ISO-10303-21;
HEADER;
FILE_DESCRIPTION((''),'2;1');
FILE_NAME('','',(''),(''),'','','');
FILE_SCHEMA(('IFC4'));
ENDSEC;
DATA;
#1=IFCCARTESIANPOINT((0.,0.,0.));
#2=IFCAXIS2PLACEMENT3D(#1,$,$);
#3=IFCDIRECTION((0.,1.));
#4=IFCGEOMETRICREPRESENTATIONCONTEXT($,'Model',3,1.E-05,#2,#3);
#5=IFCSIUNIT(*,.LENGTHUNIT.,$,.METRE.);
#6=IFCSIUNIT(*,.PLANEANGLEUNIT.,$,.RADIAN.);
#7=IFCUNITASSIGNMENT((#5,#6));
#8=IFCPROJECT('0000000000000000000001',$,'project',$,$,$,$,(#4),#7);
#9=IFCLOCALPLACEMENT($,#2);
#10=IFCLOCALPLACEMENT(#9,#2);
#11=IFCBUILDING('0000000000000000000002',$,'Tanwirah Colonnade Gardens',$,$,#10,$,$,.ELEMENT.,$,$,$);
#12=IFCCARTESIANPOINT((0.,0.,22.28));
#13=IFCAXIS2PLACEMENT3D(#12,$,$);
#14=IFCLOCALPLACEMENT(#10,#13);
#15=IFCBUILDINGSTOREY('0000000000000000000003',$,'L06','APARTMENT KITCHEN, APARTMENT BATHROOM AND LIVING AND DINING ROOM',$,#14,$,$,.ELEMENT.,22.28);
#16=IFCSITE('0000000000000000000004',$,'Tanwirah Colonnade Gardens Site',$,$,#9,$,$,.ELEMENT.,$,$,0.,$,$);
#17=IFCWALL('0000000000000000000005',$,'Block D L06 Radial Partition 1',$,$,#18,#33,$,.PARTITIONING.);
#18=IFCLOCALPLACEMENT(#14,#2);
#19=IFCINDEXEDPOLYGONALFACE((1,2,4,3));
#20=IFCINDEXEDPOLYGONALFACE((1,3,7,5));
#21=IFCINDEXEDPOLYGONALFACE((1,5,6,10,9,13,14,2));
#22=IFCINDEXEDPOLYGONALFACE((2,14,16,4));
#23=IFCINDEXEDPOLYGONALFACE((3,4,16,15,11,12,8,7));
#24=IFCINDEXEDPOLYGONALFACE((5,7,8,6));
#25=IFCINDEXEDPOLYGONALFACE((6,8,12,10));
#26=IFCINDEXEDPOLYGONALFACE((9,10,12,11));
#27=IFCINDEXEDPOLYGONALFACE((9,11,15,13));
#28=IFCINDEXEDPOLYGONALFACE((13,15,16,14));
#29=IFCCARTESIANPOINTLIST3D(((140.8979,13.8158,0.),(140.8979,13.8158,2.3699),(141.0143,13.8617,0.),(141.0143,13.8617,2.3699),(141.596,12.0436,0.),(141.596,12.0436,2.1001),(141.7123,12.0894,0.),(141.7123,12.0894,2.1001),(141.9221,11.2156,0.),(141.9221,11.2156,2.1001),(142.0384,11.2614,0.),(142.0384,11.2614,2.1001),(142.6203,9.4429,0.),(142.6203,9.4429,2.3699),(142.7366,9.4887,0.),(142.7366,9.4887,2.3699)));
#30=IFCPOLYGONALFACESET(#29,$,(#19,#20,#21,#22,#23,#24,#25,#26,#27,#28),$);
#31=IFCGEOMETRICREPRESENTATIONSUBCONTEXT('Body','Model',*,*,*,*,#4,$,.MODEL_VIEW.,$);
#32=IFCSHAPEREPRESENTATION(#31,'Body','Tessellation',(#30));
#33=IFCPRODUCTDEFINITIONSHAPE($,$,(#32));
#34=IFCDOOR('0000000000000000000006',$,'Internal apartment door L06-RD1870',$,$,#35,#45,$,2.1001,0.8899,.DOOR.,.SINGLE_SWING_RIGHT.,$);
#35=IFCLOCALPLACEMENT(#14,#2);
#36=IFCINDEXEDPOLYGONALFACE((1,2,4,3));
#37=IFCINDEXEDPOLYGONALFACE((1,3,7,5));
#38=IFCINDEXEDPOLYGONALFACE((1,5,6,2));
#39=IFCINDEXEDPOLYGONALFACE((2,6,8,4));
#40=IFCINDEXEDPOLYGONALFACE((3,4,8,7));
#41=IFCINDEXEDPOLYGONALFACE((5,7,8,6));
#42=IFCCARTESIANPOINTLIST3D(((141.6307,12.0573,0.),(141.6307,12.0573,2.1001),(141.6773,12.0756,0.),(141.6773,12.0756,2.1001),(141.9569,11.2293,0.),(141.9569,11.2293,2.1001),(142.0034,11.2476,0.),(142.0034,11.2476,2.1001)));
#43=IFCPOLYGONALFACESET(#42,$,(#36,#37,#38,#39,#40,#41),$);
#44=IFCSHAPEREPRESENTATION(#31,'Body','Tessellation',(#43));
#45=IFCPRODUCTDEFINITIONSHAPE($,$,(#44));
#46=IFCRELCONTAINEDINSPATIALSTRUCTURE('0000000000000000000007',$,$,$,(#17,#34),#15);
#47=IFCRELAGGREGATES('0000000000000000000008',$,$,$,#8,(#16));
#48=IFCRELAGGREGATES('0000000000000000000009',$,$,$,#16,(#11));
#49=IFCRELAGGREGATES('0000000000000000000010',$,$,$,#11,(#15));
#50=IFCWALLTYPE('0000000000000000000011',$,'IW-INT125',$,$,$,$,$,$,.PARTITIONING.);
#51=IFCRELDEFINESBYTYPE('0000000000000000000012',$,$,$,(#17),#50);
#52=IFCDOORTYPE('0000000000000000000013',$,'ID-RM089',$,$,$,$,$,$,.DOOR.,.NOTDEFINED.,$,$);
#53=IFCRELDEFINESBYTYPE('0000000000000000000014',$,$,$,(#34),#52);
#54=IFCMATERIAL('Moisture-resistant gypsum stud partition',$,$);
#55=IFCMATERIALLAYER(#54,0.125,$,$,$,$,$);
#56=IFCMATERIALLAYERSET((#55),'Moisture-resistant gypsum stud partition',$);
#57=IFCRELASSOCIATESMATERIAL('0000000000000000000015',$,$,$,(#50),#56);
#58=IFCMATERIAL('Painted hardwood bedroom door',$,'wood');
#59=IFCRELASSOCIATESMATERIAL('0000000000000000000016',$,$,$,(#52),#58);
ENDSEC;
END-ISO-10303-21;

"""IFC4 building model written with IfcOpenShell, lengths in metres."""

from ifc_helpers import new_model, si_unit, direction, frame, frame_2d, origin, place, context, subcontext, project, spatial, rectangle, extrude, material, layer, layer_set, type_object, element, fill, save


model = new_model("IFC4")

# Units and contexts
model_context = context("Model", 3, precision=1e-05, world=origin(), true_north=direction((0.0, 1.0)))
body_context = subcontext(model_context, "Body", "Model", "MODEL_VIEW")
ifc_project = project(units=[si_unit("LENGTHUNIT", "METRE"), si_unit("PLANEANGLEUNIT", "RADIAN")], contexts=[model_context])

# Site, building, storey
site_placement = place(None, origin())
site = spatial("IfcSite", under=ifc_project, at=site_placement, Name="Tanwirah Colonnade Gardens Site", CompositionType="ELEMENT", RefElevation=0.0)
building_placement = place(site_placement, origin())
building = spatial("IfcBuilding", under=site, at=building_placement, Name="Tanwirah Colonnade Gardens", CompositionType="ELEMENT")
storey_placement = place(building_placement, frame((0.0, 0.0, 22.28)))
storey = spatial("IfcBuildingStorey", under=building, at=storey_placement, Name="L06", Description="APARTMENT KITCHEN, APARTMENT BATHROOM AND LIVING AND DINING ROOM", CompositionType="ELEMENT", Elevation=22.28)

# Wall, opening, door
ifc_material_1 = material(Name="Moisture-resistant gypsum stud partition")
ifc_layer_1 = layer(ifc_material_1, 0.125)
ifc_layer_set_1 = layer_set([ifc_layer_1], Name="Moisture-resistant gypsum stud partition")
wall_type_1 = type_object("IfcWallType", Name="IW-INT125", PredefinedType="PARTITIONING", material=ifc_layer_set_1)
wall_1_placement = place(storey_placement, frame((140.9561, 13.8389, 0.0), z_axis=(0.0, 0.0, 1.0), x_axis=(0.366469, -0.93043, 0.0)))
wall_1 = element("IfcWall", 1, at=wall_1_placement, inside=storey, type_object=wall_type_1, Name="Block D L06 Radial Partition 1", PredefinedType="PARTITIONING", context=body_context, shape_type="SweptSolid", body=[
    extrude(rectangle(XDim=4.7, YDim=0.125, at=frame_2d((2.3501, 0.0))), origin(), (0.0, 0.0, 1.0), 2.3699),
])
opening_1_placement = place(wall_1_placement, frame((1.905, 0.0, 0.0)))
opening_1 = element("IfcOpeningElement", 2, at=opening_1_placement, cuts=wall_1, PredefinedType="OPENING", context=body_context, shape_type="SweptSolid", body=[
    extrude(rectangle(XDim=0.8899, YDim=2.1001, at=frame_2d((0.4448, 1.05))), frame((0.0, 0.0725, 0.0), z_axis=(0.0, -1.0, 0.0), x_axis=(1.0, 0.0, 0.0)), (0.0, 0.0, 1.0), 0.145),
])
ifc_material_2 = material(Name="Painted hardwood bedroom door", Category="wood")
door_type_1 = type_object("IfcDoorType", Name="ID-RM089", OperationType="NOTDEFINED", PredefinedType="DOOR", material=ifc_material_2)
door_1_placement = place(opening_1_placement, origin())
door_1 = element("IfcDoor", 3, at=door_1_placement, inside=storey, type_object=door_type_1, Name="Internal apartment door L06-RD1870", OperationType="SINGLE_SWING_RIGHT", OverallHeight=2.1001, OverallWidth=0.8899, PredefinedType="DOOR", context=body_context, shape_type="SweptSolid", body=[
    extrude(rectangle(XDim=0.8899, YDim=2.1001, at=frame_2d((0.4448, 1.05))), frame((0.0, 0.0249, 0.0), z_axis=(0.0, -1.0, 0.0), x_axis=(1.0, 0.0, 0.0)), (0.0, 0.0, 1.0), 0.05),
])
fill(opening_1, door_1)

save(model, "model.ifc")
